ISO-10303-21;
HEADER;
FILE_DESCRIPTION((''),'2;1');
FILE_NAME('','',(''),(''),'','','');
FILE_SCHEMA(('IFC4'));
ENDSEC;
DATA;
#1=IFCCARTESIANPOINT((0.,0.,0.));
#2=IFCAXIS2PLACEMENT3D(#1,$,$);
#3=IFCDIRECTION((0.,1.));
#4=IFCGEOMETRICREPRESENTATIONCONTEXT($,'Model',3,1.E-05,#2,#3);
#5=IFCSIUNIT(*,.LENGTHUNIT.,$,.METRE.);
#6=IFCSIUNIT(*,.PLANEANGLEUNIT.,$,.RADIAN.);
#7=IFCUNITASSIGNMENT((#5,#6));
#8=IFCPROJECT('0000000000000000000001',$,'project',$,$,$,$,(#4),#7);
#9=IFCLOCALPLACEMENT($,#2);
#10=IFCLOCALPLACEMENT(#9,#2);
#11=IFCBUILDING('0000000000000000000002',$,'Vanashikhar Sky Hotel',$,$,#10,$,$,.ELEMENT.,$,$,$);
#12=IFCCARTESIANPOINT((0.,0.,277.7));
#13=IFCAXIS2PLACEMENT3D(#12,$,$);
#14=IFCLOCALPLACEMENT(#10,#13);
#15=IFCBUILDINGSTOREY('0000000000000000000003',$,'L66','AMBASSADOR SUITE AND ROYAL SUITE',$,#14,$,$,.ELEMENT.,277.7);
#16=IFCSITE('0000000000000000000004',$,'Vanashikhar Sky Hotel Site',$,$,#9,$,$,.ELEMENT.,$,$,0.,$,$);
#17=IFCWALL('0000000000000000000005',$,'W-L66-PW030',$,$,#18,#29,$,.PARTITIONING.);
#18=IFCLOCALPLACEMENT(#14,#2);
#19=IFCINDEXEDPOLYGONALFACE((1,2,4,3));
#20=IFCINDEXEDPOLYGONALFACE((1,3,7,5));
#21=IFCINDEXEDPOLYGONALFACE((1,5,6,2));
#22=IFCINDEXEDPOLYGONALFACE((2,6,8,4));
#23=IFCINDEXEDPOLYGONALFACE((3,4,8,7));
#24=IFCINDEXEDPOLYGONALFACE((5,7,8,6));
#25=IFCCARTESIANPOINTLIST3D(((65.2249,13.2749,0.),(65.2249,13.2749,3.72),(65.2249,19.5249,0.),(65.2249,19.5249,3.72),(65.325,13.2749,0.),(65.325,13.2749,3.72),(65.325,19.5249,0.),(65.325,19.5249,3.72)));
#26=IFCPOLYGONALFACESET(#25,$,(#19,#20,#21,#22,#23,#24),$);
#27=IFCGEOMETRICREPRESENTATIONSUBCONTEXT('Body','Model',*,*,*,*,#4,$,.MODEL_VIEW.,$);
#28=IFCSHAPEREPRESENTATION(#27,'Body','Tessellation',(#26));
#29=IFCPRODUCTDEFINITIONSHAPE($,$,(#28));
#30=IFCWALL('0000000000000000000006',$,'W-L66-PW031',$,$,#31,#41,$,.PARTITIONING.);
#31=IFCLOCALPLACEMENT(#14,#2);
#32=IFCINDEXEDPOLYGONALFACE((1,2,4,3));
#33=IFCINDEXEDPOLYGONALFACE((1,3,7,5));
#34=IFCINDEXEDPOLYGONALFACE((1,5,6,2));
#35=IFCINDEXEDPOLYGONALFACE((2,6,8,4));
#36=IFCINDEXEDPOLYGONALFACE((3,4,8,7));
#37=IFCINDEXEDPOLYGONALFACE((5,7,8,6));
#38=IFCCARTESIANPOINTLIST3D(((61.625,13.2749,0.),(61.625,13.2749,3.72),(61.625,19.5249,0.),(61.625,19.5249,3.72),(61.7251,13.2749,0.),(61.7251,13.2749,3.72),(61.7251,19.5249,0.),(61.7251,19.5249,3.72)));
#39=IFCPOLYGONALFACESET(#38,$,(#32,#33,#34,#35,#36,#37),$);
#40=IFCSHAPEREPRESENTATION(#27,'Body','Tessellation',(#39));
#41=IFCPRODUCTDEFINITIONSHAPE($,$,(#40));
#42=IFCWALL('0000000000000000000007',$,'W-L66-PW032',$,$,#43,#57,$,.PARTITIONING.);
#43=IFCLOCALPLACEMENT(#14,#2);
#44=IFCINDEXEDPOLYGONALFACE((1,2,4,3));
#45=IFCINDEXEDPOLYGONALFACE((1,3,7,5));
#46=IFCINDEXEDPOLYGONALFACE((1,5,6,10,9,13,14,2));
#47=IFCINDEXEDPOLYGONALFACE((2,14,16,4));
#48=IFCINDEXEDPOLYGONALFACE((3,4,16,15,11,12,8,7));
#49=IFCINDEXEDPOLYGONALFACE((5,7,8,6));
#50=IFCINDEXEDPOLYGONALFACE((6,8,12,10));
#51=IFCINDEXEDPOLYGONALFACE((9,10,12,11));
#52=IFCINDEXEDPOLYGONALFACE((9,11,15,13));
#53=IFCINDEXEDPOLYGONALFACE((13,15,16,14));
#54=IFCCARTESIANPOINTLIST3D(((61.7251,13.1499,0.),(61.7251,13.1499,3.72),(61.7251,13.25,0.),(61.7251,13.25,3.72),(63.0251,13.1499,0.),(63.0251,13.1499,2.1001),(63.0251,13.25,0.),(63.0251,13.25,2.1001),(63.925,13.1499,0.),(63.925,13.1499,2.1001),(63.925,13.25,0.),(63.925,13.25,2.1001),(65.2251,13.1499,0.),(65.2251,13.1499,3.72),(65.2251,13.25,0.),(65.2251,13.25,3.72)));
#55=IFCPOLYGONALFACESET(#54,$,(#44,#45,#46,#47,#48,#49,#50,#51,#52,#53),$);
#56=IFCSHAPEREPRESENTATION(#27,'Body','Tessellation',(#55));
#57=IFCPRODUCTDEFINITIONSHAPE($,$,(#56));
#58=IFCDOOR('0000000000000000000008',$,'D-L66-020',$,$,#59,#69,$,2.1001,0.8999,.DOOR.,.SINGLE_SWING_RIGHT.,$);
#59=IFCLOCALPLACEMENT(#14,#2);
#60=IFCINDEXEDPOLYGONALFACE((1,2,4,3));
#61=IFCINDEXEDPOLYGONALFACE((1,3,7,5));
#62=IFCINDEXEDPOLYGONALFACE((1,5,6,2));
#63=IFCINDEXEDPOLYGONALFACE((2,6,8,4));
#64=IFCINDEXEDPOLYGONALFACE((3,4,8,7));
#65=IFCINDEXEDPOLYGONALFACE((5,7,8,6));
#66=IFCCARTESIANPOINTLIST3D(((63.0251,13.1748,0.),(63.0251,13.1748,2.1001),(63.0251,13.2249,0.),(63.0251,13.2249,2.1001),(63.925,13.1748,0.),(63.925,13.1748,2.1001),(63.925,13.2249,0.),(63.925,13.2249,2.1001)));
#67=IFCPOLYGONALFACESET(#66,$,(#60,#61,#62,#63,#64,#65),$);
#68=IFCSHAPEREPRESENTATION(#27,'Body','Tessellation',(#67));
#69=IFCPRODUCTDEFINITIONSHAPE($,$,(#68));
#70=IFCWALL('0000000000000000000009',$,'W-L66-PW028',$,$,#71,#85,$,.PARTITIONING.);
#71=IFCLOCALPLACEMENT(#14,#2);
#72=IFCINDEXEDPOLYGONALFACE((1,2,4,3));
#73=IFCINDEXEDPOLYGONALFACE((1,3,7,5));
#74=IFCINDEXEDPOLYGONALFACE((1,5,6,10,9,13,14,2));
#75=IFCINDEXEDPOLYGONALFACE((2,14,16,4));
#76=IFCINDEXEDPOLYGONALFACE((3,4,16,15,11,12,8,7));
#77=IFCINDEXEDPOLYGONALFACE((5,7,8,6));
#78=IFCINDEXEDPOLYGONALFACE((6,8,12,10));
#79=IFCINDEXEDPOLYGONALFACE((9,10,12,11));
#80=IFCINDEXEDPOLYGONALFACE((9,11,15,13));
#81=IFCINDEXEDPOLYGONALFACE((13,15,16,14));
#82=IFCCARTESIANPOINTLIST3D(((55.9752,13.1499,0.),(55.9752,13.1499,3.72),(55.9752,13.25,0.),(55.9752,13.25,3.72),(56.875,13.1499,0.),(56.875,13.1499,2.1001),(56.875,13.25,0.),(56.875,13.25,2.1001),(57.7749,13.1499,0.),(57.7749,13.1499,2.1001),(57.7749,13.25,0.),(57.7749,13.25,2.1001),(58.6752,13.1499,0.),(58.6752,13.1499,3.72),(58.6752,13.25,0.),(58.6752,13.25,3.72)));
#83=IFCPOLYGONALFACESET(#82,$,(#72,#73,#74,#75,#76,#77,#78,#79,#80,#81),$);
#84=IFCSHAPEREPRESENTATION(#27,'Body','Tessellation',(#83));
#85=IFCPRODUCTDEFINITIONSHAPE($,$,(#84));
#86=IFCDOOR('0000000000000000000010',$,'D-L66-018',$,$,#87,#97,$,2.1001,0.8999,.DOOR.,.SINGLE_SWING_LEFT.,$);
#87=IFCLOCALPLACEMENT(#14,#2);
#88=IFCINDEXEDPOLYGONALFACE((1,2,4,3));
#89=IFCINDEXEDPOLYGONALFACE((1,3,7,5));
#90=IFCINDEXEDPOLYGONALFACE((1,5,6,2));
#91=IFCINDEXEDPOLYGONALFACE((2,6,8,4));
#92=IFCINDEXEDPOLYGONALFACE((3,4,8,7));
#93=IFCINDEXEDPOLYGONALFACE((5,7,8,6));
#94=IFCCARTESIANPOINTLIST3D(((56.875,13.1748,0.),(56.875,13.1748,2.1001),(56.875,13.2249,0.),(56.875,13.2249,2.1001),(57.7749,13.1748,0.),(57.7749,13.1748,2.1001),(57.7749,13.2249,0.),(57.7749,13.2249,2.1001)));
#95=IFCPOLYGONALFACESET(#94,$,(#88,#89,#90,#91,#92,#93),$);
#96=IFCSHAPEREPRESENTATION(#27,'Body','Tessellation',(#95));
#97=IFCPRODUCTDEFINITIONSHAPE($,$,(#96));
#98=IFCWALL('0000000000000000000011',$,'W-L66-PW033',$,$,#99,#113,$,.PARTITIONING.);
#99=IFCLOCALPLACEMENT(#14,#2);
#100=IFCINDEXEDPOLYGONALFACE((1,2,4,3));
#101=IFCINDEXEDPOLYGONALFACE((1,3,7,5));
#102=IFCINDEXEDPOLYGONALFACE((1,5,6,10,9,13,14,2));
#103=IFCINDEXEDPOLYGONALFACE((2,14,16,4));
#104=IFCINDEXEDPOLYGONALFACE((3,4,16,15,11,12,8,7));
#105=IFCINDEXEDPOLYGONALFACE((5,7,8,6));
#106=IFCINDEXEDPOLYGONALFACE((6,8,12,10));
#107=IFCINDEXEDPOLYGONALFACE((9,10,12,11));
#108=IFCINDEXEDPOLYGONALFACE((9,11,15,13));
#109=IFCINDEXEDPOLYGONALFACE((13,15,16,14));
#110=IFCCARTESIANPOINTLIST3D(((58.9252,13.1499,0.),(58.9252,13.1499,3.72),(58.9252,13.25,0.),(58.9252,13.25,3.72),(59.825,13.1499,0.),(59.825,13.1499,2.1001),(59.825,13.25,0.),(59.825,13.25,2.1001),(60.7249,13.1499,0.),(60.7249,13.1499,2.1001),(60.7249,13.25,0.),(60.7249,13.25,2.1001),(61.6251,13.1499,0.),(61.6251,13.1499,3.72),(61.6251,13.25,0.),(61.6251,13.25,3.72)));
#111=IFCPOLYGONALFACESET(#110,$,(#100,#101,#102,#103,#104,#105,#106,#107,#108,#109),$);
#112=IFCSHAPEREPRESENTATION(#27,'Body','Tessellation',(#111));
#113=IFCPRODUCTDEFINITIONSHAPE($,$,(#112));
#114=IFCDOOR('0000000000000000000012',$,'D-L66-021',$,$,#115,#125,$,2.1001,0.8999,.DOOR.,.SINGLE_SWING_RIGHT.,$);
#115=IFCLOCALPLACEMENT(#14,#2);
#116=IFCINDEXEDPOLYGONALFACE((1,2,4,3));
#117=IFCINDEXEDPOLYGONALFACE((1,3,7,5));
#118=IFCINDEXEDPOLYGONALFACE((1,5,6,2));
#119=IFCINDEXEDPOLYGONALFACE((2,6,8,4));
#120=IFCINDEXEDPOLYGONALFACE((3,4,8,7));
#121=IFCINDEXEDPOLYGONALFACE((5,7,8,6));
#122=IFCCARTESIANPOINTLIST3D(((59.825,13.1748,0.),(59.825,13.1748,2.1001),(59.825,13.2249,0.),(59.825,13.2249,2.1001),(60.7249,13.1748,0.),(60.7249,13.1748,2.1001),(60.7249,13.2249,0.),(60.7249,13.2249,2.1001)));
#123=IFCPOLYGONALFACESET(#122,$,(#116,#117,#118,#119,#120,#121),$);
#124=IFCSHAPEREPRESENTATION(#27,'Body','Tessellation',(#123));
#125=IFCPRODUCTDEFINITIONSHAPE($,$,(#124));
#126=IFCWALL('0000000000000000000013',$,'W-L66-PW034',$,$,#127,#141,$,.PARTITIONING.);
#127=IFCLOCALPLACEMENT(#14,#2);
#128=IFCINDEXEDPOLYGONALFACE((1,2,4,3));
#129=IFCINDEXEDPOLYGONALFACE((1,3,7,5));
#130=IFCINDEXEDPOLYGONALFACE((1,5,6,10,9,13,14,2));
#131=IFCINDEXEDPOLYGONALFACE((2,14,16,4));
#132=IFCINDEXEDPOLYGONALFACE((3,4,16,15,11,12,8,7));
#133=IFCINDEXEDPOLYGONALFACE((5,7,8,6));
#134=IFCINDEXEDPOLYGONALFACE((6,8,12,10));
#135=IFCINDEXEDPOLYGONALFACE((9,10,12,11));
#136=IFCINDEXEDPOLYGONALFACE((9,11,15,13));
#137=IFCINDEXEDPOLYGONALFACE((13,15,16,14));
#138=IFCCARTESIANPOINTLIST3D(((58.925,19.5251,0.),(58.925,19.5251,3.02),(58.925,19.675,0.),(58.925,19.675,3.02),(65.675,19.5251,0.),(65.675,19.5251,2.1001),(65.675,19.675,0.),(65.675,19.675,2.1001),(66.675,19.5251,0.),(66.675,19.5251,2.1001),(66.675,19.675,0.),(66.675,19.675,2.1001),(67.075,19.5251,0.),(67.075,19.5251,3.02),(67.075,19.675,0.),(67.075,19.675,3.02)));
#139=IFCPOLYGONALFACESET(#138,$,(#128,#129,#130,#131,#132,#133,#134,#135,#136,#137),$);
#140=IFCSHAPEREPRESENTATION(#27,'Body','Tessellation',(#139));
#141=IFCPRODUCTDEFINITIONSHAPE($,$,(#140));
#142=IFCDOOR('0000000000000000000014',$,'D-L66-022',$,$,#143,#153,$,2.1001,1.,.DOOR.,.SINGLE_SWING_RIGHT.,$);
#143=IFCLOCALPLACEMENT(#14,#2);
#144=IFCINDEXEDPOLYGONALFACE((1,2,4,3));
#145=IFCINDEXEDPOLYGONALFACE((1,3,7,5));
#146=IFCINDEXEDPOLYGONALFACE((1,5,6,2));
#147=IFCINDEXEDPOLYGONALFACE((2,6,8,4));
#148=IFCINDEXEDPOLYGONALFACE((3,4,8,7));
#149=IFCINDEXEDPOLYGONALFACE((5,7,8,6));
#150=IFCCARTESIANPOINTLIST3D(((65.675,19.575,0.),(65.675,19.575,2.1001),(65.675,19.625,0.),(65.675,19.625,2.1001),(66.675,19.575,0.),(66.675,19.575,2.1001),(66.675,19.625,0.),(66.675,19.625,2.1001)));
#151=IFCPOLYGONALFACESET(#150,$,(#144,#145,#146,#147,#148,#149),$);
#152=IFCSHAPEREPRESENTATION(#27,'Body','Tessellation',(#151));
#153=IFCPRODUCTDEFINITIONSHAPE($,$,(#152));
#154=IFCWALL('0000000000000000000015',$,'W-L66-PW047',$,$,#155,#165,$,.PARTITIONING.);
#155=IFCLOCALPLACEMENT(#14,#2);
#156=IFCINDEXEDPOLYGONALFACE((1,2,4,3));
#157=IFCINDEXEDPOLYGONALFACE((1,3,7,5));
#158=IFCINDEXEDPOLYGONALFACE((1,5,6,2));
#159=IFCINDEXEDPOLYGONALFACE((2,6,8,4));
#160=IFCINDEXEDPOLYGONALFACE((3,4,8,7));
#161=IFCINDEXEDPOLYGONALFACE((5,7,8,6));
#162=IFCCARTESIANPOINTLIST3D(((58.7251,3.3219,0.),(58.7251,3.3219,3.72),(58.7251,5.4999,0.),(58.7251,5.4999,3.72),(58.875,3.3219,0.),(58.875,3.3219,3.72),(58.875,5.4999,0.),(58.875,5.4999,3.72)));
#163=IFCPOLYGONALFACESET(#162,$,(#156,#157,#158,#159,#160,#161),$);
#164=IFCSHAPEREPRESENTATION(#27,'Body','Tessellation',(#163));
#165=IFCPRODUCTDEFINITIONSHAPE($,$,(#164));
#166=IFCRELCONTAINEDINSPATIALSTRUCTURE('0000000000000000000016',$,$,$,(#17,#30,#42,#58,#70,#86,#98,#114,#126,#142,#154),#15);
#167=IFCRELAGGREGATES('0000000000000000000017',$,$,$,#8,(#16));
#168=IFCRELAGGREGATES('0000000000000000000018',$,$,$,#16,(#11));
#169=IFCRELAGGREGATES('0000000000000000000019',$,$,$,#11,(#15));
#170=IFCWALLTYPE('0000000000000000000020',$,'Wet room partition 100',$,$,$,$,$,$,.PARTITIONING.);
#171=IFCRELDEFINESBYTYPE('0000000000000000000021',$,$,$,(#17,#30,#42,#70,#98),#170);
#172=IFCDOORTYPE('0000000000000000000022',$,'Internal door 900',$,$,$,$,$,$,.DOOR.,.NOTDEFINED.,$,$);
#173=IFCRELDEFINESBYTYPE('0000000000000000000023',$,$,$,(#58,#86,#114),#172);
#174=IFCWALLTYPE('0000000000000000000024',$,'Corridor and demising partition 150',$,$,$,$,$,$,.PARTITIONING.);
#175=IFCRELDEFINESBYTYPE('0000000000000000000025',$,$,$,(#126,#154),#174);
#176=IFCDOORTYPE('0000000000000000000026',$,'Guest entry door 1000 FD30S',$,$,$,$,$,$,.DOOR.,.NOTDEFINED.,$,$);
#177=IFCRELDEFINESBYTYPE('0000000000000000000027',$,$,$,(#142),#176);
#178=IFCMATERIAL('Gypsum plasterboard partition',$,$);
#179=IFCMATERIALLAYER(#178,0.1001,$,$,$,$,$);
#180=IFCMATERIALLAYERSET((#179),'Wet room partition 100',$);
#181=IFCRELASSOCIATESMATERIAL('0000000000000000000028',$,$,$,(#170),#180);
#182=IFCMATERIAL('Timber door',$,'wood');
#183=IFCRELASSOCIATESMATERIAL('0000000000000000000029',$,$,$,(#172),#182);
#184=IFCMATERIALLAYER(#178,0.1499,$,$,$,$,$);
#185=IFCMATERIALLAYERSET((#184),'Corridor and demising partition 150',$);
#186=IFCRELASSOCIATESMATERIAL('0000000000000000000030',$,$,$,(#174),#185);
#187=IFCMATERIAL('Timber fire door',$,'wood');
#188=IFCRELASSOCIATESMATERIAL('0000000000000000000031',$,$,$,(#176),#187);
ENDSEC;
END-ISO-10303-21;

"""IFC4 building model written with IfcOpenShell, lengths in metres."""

from ifc_helpers import new_model, si_unit, direction, frame, frame_2d, origin, place, context, subcontext, project, spatial, rectangle, extrude, source, transform, mapped, material, layer, layer_set, type_object, element, fill, save


model = new_model("IFC4")

# Units and contexts
model_context = context("Model", 3, precision=1e-05, world=origin(), true_north=direction((0.0, 1.0)))
body_context = subcontext(model_context, "Body", "Model", "MODEL_VIEW")
ifc_project = project(units=[si_unit("LENGTHUNIT", "METRE"), si_unit("PLANEANGLEUNIT", "RADIAN")], contexts=[model_context])

# Site, building, storey
site_placement = place(None, origin())
site = spatial("IfcSite", under=ifc_project, at=site_placement, Name="Vanashikhar Sky Hotel Site", CompositionType="ELEMENT", RefElevation=0.0)
building_placement = place(site_placement, origin())
building = spatial("IfcBuilding", under=site, at=building_placement, Name="Vanashikhar Sky Hotel", CompositionType="ELEMENT")
storey_placement = place(building_placement, frame((0.0, 0.0, 277.7)))
storey = spatial("IfcBuildingStorey", under=building, at=storey_placement, Name="L66", Description="AMBASSADOR SUITE AND ROYAL SUITE", CompositionType="ELEMENT", Elevation=277.7)

# Walls
ifc_material_1 = material(Name="Gypsum plasterboard partition")
ifc_layer_1 = layer(ifc_material_1, 0.1001)
ifc_layer_set_1 = layer_set([ifc_layer_1], Name="Wet room partition 100")
wall_type_1 = type_object("IfcWallType", Name="Wet room partition 100", PredefinedType="PARTITIONING", material=ifc_layer_set_1)
shared_shape_1 = source(origin(), body_context, "Body", "SweptSolid", [
    extrude(rectangle(XDim=6.25, YDim=0.1001, at=frame_2d((3.125, 0.0))), origin(), (0.0, 0.0, 1.0), 3.72),
])
for number, where, z_axis, x_axis, name in (
    (1, (65.2749, 13.2749, 0.0), (0.0, 0.0, 1.0), (0.0, 1.0, 0.0), "W-L66-PW030"),
    (2, (61.675, 13.2749, 0.0), (0.0, 0.0, 1.0), (0.0, 1.0, 0.0), "W-L66-PW031"),
):
    element("IfcWall", number, at=place(storey_placement, frame(where, z_axis=z_axis, x_axis=x_axis)), inside=storey, type_object=wall_type_1, Name=name, PredefinedType="PARTITIONING", context=body_context, shape_type="MappedRepresentation", body=[
        mapped(shared_shape_1, transform((0.0, 0.0, 0.0), scale=1.0)),
    ])

# Walls, openings, doors
shared_shape_2 = source(origin(), body_context, "Body", "SweptSolid", [
    extrude(rectangle(XDim=3.5, YDim=0.1001, at=frame_2d((1.75, 0.0))), origin(), (0.0, 0.0, 1.0), 3.72),
])
wall_1_placement = place(storey_placement, frame((61.7251, 13.2, 0.0), z_axis=(0.0, 0.0, 1.0), x_axis=(1.0, 0.0, 0.0)))
wall_1 = element("IfcWall", 3, at=wall_1_placement, inside=storey, type_object=wall_type_1, Name="W-L66-PW032", PredefinedType="PARTITIONING", context=body_context, shape_type="MappedRepresentation", body=[
    mapped(shared_shape_2, transform((0.0, 0.0, 0.0), scale=1.0)),
])
shared_shape_3 = source(origin(), body_context, "Body", "SweptSolid", [
    extrude(rectangle(XDim=0.8999, YDim=2.1001, at=frame_2d((0.45, 1.05))), frame((0.0, 0.0601, 0.0), z_axis=(0.0, -1.0, 0.0), x_axis=(1.0, 0.0, 0.0)), (0.0, 0.0, 1.0), 0.1201),
])
opening_1_placement = place(wall_1_placement, frame((1.3, 0.0, 0.0)))
opening_1 = element("IfcOpeningElement", 4, at=opening_1_placement, cuts=wall_1, PredefinedType="OPENING", context=body_context, shape_type="MappedRepresentation", body=[
    mapped(shared_shape_3, transform((0.0, 0.0, 0.0), scale=1.0)),
])
ifc_material_2 = material(Name="Timber door", Category="wood")
door_type_1 = type_object("IfcDoorType", Name="Internal door 900", OperationType="NOTDEFINED", PredefinedType="DOOR", material=ifc_material_2)
shared_shape_4 = source(origin(), body_context, "Body", "SweptSolid", [
    extrude(rectangle(XDim=0.8999, YDim=2.1001, at=frame_2d((0.45, 1.05))), frame((0.0, 0.0249, 0.0), z_axis=(0.0, -1.0, 0.0), x_axis=(1.0, 0.0, 0.0)), (0.0, 0.0, 1.0), 0.05),
])
door_1_placement = place(opening_1_placement, origin())
door_1 = element("IfcDoor", 5, at=door_1_placement, inside=storey, type_object=door_type_1, Name="D-L66-020", OperationType="SINGLE_SWING_RIGHT", OverallHeight=2.1001, OverallWidth=0.8999, PredefinedType="DOOR", context=body_context, shape_type="MappedRepresentation", body=[
    mapped(shared_shape_4, transform((0.0, 0.0, 0.0), scale=1.0)),
])
fill(opening_1, door_1)
shared_shape_5 = source(origin(), body_context, "Body", "SweptSolid", [
    extrude(rectangle(XDim=2.7, YDim=0.1001, at=frame_2d((1.3501, 0.0))), origin(), (0.0, 0.0, 1.0), 3.72),
])
wall_2_placement = place(storey_placement, frame((55.9751, 13.2, 0.0), z_axis=(0.0, 0.0, 1.0), x_axis=(1.0, 0.0, 0.0)))
wall_2 = element("IfcWall", 6, at=wall_2_placement, inside=storey, type_object=wall_type_1, Name="W-L66-PW028", PredefinedType="PARTITIONING", context=body_context, shape_type="MappedRepresentation", body=[
    mapped(shared_shape_5, transform((0.0, 0.0, 0.0), scale=1.0)),
])
opening_2_placement = place(wall_2_placement, frame((0.8999, 0.0, 0.0)))
opening_2 = element("IfcOpeningElement", 7, at=opening_2_placement, cuts=wall_2, PredefinedType="OPENING", context=body_context, shape_type="MappedRepresentation", body=[
    mapped(shared_shape_3, transform((0.0, 0.0, 0.0), scale=1.0)),
])
door_2_placement = place(opening_2_placement, origin())
door_2 = element("IfcDoor", 8, at=door_2_placement, inside=storey, type_object=door_type_1, Name="D-L66-018", OperationType="SINGLE_SWING_LEFT", OverallHeight=2.1001, OverallWidth=0.8999, PredefinedType="DOOR", context=body_context, shape_type="MappedRepresentation", body=[
    mapped(shared_shape_4, transform((0.0, 0.0, 0.0), scale=1.0)),
])
fill(opening_2, door_2)
wall_3_placement = place(storey_placement, frame((58.925, 13.2, 0.0), z_axis=(0.0, 0.0, 1.0), x_axis=(1.0, 0.0, 0.0)))
wall_3 = element("IfcWall", 9, at=wall_3_placement, inside=storey, type_object=wall_type_1, Name="W-L66-PW033", PredefinedType="PARTITIONING", context=body_context, shape_type="MappedRepresentation", body=[
    mapped(shared_shape_5, transform((0.0, 0.0, 0.0), scale=1.0)),
])
opening_3_placement = place(wall_3_placement, frame((0.8999, 0.0, 0.0)))
opening_3 = element("IfcOpeningElement", 10, at=opening_3_placement, cuts=wall_3, PredefinedType="OPENING", context=body_context, shape_type="MappedRepresentation", body=[
    mapped(shared_shape_3, transform((0.0, 0.0, 0.0), scale=1.0)),
])
door_3_placement = place(opening_3_placement, origin())
door_3 = element("IfcDoor", 11, at=door_3_placement, inside=storey, type_object=door_type_1, Name="D-L66-021", OperationType="SINGLE_SWING_RIGHT", OverallHeight=2.1001, OverallWidth=0.8999, PredefinedType="DOOR", context=body_context, shape_type="MappedRepresentation", body=[
    mapped(shared_shape_4, transform((0.0, 0.0, 0.0), scale=1.0)),
])
fill(opening_3, door_3)
ifc_layer_2 = layer(ifc_material_1, 0.1499)
ifc_layer_set_2 = layer_set([ifc_layer_2], Name="Corridor and demising partition 150")
wall_type_2 = type_object("IfcWallType", Name="Corridor and demising partition 150", PredefinedType="PARTITIONING", material=ifc_layer_set_2)
shared_shape_6 = source(origin(), body_context, "Body", "SweptSolid", [
    extrude(rectangle(XDim=8.1499, YDim=0.1499, at=frame_2d((4.075, 0.0))), origin(), (0.0, 0.0, 1.0), 3.02),
])
wall_4_placement = place(storey_placement, frame((58.925, 19.6001, 0.0), z_axis=(0.0, 0.0, 1.0), x_axis=(1.0, 0.0, 0.0)))
wall_4 = element("IfcWall", 12, at=wall_4_placement, inside=storey, type_object=wall_type_2, Name="W-L66-PW034", PredefinedType="PARTITIONING", context=body_context, shape_type="MappedRepresentation", body=[
    mapped(shared_shape_6, transform((0.0, 0.0, 0.0), scale=1.0)),
])
shared_shape_7 = source(origin(), body_context, "Body", "SweptSolid", [
    extrude(rectangle(XDim=1.0, YDim=2.1001, at=frame_2d((0.5, 1.05))), frame((0.0, 0.085, 0.0), z_axis=(0.0, -1.0, 0.0), x_axis=(1.0, 0.0, 0.0)), (0.0, 0.0, 1.0), 0.1699),
])
opening_4_placement = place(wall_4_placement, frame((6.75, 0.0, 0.0)))
opening_4 = element("IfcOpeningElement", 13, at=opening_4_placement, cuts=wall_4, PredefinedType="OPENING", context=body_context, shape_type="MappedRepresentation", body=[
    mapped(shared_shape_7, transform((0.0, 0.0, 0.0), scale=1.0)),
])
ifc_material_3 = material(Name="Timber fire door", Category="wood")
door_type_2 = type_object("IfcDoorType", Name="Guest entry door 1000 FD30S", OperationType="NOTDEFINED", PredefinedType="DOOR", material=ifc_material_3)
shared_shape_8 = source(origin(), body_context, "Body", "SweptSolid", [
    extrude(rectangle(XDim=1.0, YDim=2.1001, at=frame_2d((0.5, 1.05))), frame((0.0, 0.0249, 0.0), z_axis=(0.0, -1.0, 0.0), x_axis=(1.0, 0.0, 0.0)), (0.0, 0.0, 1.0), 0.05),
])
door_4_placement = place(opening_4_placement, origin())
door_4 = element("IfcDoor", 14, at=door_4_placement, inside=storey, type_object=door_type_2, Name="D-L66-022", OperationType="SINGLE_SWING_RIGHT", OverallHeight=2.1001, OverallWidth=1.0, PredefinedType="DOOR", context=body_context, shape_type="MappedRepresentation", body=[
    mapped(shared_shape_8, transform((0.0, 0.0, 0.0), scale=1.0)),
])
fill(opening_4, door_4)

# Wall
shared_shape_9 = source(origin(), body_context, "Body", "SweptSolid", [
    extrude(rectangle(XDim=2.178, YDim=0.1499, at=frame_2d((1.0889, 0.0))), origin(), (0.0, 0.0, 1.0), 3.72),
])
wall_5_placement = place(storey_placement, frame((58.8, 3.322, 0.0), z_axis=(0.0, 0.0, 1.0), x_axis=(0.0, 1.0, 0.0)))
element("IfcWall", 15, at=wall_5_placement, inside=storey, type_object=wall_type_2, Name="W-L66-PW047", PredefinedType="PARTITIONING", context=body_context, shape_type="MappedRepresentation", body=[
    mapped(shared_shape_9, transform((0.0, 0.0, 0.0), scale=1.0)),
])

save(model, "model.ifc")
